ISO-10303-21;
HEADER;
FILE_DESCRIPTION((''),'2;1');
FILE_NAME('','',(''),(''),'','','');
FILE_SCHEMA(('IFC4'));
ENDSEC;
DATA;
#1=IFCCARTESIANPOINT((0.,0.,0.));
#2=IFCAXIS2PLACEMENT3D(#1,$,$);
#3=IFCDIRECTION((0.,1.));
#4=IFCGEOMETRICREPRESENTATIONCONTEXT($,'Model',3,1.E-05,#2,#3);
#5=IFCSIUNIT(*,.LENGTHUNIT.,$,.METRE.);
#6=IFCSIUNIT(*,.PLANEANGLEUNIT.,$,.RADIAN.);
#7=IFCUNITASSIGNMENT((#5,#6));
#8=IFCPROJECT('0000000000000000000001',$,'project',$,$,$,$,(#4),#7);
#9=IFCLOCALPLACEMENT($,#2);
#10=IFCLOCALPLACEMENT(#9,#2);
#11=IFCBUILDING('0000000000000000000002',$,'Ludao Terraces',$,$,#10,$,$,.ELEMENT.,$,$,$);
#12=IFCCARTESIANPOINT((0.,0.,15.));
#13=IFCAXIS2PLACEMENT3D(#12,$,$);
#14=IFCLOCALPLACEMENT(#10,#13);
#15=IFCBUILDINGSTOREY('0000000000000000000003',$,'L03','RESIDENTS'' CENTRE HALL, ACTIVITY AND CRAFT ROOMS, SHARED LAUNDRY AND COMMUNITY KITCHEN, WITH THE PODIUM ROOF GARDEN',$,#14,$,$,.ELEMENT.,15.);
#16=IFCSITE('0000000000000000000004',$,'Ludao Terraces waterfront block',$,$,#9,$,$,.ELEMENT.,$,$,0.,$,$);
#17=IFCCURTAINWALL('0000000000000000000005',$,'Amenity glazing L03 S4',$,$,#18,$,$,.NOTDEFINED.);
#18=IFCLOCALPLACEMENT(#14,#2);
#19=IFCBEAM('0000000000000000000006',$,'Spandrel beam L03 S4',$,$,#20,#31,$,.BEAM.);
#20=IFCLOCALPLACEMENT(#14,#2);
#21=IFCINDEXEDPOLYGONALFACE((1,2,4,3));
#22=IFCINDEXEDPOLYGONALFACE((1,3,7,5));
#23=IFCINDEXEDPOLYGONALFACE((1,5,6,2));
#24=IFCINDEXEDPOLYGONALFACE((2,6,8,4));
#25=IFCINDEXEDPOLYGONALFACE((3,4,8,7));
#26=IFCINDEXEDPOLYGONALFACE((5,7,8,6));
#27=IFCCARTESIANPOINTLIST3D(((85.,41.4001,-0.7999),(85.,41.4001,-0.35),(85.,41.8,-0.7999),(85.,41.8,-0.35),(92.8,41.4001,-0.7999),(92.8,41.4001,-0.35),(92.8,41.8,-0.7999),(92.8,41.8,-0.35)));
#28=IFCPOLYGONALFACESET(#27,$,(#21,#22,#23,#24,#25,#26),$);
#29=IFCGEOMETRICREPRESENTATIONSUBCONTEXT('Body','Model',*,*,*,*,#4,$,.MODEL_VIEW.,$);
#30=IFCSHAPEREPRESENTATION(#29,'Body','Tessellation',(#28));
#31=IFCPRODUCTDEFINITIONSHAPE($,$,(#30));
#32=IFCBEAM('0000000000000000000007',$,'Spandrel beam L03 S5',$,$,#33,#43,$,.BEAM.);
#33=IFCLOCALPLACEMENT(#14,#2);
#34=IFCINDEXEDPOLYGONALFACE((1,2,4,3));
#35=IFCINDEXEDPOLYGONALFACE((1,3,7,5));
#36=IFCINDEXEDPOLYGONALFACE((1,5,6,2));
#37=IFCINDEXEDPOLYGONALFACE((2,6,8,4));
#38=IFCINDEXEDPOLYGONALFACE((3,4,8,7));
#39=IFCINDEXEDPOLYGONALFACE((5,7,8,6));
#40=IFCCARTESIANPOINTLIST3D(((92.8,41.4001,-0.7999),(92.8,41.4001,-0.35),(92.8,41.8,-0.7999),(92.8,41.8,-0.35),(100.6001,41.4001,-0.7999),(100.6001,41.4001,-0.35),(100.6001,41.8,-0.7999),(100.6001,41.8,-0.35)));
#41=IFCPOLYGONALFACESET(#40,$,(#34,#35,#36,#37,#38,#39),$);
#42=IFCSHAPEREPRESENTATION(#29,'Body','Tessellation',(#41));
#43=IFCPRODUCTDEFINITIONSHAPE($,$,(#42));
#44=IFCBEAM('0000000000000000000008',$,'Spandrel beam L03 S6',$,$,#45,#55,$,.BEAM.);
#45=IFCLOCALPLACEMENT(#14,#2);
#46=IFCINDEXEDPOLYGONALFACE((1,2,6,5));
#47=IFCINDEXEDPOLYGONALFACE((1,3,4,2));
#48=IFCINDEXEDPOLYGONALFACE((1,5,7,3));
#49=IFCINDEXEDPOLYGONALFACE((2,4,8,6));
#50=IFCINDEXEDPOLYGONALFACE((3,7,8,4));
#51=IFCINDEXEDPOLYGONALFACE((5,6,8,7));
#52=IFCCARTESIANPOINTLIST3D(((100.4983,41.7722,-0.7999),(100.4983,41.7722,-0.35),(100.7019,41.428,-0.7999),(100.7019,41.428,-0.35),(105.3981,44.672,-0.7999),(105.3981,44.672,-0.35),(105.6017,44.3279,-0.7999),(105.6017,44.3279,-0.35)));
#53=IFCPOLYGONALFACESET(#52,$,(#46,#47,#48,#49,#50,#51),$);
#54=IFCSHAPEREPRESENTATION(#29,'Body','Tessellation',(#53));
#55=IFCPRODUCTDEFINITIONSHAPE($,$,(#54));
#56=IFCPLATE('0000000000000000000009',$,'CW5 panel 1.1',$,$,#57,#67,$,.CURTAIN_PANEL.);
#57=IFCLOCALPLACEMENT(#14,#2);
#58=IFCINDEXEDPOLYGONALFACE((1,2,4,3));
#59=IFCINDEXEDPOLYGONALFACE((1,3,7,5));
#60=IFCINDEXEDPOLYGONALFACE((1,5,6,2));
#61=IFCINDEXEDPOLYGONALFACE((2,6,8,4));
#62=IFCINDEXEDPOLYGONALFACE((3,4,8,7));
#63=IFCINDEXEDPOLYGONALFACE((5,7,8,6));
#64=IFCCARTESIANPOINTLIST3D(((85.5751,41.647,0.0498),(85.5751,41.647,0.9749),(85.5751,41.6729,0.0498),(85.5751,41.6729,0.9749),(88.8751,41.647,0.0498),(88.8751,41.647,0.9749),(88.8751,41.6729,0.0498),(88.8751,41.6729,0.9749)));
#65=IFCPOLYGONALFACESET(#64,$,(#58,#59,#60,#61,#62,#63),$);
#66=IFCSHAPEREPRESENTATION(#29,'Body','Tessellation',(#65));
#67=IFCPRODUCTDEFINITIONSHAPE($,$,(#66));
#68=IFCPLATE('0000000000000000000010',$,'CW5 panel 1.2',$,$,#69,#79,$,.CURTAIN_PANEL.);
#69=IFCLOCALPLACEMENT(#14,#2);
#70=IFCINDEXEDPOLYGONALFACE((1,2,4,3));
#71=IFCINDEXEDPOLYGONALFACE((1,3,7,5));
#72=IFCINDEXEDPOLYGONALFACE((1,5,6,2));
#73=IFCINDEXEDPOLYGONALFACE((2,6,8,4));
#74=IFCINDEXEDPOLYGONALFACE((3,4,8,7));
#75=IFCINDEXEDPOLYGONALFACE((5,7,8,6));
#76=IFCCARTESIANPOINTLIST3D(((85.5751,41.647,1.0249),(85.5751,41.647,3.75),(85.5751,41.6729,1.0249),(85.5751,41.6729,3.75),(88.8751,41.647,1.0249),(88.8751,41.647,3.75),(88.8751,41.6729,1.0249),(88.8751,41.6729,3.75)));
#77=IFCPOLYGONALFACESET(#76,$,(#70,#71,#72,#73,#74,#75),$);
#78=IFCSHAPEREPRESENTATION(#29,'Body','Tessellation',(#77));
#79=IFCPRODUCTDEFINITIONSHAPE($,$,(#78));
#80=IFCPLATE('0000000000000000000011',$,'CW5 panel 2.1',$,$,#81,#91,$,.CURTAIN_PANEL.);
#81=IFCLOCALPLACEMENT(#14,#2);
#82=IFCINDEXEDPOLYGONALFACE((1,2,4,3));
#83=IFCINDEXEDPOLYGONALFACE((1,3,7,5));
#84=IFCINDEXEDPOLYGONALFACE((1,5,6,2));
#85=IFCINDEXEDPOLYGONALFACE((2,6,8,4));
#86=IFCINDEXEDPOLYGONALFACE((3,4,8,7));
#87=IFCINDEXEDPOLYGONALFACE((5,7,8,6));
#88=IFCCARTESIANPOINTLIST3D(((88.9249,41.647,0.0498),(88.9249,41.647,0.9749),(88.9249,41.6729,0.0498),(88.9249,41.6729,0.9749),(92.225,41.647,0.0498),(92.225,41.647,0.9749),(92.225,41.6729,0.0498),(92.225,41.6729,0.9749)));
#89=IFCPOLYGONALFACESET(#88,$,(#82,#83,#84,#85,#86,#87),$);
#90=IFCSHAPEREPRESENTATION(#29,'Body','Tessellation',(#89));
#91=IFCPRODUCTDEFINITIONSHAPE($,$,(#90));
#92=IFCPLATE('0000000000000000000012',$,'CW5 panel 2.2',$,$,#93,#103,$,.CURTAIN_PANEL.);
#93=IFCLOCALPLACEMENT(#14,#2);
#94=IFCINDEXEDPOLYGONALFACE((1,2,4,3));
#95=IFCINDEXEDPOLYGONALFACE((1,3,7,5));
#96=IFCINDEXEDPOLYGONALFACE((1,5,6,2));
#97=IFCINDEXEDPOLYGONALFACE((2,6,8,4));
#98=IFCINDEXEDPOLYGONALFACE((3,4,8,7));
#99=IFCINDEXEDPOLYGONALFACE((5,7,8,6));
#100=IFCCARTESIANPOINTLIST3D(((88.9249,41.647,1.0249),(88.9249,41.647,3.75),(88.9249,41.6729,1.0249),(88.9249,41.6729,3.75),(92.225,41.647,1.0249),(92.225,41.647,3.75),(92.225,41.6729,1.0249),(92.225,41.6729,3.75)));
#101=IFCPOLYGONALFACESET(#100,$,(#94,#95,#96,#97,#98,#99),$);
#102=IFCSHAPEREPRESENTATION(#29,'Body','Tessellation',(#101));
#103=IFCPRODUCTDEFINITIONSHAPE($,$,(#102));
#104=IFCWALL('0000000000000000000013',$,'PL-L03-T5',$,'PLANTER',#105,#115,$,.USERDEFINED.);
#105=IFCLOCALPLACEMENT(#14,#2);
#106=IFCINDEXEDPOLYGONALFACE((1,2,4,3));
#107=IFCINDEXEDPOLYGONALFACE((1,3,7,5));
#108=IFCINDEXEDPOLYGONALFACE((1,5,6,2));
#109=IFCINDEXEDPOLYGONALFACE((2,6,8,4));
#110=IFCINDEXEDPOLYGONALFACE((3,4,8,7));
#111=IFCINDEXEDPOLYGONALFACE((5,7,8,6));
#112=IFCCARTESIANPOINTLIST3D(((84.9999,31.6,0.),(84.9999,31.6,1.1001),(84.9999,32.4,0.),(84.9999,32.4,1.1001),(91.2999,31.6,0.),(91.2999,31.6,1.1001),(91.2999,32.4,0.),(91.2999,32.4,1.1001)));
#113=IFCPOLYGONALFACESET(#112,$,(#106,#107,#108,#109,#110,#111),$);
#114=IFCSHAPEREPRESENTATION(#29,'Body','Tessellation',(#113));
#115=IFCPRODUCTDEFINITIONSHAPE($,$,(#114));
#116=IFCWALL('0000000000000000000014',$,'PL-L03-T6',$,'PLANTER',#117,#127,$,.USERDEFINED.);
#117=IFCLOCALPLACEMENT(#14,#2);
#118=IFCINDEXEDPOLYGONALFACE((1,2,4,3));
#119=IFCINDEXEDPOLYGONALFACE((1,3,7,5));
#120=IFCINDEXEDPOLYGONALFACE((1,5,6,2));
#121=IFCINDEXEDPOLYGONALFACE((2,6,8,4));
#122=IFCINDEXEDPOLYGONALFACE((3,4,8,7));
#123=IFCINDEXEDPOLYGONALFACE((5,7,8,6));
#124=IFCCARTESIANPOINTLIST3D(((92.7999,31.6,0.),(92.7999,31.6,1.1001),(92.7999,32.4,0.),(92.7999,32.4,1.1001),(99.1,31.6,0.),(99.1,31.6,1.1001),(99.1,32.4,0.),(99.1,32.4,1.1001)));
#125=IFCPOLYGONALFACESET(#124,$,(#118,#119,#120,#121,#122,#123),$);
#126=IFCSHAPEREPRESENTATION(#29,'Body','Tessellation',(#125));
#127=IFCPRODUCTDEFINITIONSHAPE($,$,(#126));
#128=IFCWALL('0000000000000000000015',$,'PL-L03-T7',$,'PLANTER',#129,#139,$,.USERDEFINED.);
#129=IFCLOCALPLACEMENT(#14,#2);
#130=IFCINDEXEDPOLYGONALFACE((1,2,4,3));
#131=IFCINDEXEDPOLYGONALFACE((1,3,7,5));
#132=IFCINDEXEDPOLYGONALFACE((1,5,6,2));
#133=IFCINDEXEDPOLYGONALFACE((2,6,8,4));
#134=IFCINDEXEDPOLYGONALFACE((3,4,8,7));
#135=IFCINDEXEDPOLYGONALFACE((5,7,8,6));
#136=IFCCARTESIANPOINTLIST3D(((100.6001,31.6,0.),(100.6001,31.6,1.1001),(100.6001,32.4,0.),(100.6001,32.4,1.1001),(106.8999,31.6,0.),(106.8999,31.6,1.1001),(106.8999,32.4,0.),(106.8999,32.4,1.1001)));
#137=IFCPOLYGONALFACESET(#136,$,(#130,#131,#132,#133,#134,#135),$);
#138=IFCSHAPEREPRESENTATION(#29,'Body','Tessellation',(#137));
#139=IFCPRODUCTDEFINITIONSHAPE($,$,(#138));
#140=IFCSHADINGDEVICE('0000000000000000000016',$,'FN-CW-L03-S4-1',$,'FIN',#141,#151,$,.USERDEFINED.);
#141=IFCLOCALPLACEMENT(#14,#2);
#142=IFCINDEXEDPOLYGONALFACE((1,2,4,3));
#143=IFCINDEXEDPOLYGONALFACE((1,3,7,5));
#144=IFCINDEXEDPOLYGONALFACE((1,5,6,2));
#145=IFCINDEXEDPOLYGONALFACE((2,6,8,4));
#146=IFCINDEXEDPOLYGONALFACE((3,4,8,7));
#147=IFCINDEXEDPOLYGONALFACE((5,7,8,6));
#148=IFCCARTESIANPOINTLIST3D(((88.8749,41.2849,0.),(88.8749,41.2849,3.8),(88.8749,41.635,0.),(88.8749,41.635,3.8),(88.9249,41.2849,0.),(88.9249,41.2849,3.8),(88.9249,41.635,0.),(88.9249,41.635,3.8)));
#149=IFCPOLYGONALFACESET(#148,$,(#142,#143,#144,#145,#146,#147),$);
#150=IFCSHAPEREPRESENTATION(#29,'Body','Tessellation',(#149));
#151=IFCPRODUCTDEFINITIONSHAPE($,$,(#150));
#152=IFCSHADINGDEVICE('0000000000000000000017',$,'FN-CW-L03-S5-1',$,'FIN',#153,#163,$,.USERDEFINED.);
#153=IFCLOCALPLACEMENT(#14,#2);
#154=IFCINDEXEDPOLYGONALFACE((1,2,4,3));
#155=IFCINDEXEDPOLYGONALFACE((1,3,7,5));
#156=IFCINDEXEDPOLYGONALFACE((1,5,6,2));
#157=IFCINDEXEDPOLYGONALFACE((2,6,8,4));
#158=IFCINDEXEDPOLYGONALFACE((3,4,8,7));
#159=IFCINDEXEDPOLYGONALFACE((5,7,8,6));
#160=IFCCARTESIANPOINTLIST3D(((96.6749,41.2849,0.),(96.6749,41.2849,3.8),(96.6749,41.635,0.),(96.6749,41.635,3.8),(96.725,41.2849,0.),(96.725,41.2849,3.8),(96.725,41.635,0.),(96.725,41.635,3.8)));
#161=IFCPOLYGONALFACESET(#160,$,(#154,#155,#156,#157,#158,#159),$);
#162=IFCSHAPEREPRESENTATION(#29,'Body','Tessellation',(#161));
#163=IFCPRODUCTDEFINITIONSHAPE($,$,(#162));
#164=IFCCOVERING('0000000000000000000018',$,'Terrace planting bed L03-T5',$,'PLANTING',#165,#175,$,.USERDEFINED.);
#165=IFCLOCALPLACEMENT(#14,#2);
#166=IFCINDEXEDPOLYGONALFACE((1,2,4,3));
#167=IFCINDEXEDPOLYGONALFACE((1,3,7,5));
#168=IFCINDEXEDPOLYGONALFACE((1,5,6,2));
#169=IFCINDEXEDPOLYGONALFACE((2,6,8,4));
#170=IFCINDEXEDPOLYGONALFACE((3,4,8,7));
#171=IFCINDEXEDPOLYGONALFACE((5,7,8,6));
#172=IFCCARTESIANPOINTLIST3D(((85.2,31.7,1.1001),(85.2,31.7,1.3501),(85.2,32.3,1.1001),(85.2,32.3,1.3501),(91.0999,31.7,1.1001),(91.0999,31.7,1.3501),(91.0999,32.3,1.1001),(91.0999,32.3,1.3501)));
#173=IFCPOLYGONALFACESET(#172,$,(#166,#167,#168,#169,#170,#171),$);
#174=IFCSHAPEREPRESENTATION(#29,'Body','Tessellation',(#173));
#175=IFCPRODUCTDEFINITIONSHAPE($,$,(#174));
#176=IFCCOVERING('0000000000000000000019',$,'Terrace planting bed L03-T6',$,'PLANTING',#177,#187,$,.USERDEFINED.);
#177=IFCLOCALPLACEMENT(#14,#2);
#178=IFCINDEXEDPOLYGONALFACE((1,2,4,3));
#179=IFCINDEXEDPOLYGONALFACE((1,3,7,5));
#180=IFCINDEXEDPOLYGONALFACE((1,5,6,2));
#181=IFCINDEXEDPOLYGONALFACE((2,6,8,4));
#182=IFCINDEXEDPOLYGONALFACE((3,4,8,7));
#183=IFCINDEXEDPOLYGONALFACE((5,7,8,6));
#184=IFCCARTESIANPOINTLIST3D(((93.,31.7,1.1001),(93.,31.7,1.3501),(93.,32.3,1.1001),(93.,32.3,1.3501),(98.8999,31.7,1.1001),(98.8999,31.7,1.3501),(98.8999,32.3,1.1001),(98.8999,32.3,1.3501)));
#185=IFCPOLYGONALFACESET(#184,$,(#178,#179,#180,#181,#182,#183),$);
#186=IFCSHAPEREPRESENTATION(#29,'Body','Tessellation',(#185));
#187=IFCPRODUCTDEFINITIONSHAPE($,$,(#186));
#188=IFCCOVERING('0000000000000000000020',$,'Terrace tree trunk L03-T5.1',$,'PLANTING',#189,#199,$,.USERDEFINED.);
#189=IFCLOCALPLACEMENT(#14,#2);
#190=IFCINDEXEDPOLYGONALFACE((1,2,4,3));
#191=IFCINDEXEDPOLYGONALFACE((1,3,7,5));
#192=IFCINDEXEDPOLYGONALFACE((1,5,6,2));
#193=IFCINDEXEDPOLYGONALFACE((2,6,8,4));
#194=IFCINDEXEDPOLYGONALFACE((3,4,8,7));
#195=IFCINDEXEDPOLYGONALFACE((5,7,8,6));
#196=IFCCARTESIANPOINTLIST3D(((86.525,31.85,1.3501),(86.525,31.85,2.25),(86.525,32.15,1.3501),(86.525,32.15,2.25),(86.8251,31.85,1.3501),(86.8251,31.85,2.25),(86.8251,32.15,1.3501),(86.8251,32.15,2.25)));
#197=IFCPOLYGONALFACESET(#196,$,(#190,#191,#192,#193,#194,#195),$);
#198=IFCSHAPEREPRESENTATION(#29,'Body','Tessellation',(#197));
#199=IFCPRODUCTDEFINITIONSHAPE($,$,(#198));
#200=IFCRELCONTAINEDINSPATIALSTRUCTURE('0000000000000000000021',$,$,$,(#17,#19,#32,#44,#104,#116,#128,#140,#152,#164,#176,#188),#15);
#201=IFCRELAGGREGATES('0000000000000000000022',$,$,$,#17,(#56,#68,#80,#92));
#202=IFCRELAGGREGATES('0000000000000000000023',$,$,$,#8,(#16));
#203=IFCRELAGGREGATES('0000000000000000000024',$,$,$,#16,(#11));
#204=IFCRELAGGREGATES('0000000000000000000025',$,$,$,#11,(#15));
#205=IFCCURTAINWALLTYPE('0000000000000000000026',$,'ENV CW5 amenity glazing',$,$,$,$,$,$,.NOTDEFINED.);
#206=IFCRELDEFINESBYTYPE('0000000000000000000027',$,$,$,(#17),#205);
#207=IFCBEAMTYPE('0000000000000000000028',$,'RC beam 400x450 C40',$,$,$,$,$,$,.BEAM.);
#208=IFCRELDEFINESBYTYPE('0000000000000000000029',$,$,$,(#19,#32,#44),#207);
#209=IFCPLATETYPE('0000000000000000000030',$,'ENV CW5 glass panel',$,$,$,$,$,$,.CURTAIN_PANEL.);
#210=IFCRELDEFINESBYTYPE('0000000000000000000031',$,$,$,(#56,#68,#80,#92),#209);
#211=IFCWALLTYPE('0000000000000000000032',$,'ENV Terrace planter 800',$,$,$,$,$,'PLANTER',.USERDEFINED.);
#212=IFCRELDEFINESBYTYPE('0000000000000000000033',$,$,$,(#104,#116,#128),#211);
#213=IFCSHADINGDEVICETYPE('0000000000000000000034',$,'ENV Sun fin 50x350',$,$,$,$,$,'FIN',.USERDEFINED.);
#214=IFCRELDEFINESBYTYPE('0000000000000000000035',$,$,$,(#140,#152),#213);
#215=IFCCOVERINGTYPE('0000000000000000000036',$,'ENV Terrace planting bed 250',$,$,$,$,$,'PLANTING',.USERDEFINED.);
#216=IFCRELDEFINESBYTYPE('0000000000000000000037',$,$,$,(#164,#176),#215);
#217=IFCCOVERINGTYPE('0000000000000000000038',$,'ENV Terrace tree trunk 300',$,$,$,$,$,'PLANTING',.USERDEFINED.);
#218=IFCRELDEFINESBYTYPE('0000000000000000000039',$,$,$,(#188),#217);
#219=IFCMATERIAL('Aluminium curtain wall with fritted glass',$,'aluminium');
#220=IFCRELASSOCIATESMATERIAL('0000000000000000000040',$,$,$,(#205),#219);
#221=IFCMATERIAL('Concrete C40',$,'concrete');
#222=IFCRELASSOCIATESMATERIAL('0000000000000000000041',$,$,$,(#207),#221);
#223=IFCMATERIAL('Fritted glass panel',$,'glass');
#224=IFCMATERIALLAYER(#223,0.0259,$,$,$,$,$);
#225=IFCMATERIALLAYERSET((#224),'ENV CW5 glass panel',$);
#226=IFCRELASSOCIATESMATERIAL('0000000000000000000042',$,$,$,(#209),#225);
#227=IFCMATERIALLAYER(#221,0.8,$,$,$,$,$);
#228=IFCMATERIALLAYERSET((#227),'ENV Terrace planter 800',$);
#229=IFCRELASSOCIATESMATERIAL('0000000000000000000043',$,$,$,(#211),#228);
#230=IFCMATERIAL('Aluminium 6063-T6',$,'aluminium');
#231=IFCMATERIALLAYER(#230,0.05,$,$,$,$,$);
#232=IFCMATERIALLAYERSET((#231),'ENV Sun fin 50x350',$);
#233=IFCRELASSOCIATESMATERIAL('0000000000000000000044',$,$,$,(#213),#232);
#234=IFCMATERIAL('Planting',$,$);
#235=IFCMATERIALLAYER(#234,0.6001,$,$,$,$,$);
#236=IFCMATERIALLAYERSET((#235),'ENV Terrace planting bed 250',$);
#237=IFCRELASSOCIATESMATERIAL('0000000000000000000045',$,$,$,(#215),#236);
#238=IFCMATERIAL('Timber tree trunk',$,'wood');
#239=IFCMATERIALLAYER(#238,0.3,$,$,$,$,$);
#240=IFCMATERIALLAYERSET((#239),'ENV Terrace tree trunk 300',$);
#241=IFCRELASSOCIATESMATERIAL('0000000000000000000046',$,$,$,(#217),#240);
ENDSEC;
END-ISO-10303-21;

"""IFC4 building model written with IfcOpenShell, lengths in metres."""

from ifc_helpers import new_model, si_unit, direction, frame, frame_2d, origin, origin_2d, place, context, subcontext, project, spatial, rectangle, extrude, material, layer, layer_set, material_profile, profile_set, type_object, element, aggregate, save


model = new_model("IFC4")

# Units and contexts
model_context = context("Model", 3, precision=1e-05, world=origin(), true_north=direction((0.0, 1.0)))
body_context = subcontext(model_context, "Body", "Model", "MODEL_VIEW")
ifc_project = project(units=[si_unit("LENGTHUNIT", "METRE"), si_unit("PLANEANGLEUNIT", "RADIAN")], contexts=[model_context])

# Site, building, storey
site_placement = place(None, origin())
site = spatial("IfcSite", under=ifc_project, at=site_placement, Name="Ludao Terraces waterfront block", CompositionType="ELEMENT", RefElevation=0.0)
building_placement = place(site_placement, origin())
building = spatial("IfcBuilding", under=site, at=building_placement, Name="Ludao Terraces", CompositionType="ELEMENT")
storey_placement = place(building_placement, frame((0.0, 0.0, 15.0)))
storey = spatial("IfcBuildingStorey", under=building, at=storey_placement, Name="L03", Description="RESIDENTS' CENTRE HALL, ACTIVITY AND CRAFT ROOMS, SHARED LAUNDRY AND COMMUNITY KITCHEN, WITH THE PODIUM ROOF GARDEN", CompositionType="ELEMENT", Elevation=15.0)

# Curtain wall
ifc_material_1 = material(Name="Aluminium curtain wall with fritted glass", Category="aluminium")
curtain_wall_type = type_object("IfcCurtainWallType", Name="ENV CW5 amenity glazing", PredefinedType="NOTDEFINED", material=ifc_material_1)
curtain_wall_1_placement = place(storey_placement, origin())
curtain_wall_1 = element("IfcCurtainWall", 1, at=curtain_wall_1_placement, inside=storey, type_object=curtain_wall_type, Name="Amenity glazing L03 S4", PredefinedType="NOTDEFINED")
ifc_material_2 = material(Name="Aluminium 6063-T6", Category="aluminium")

# Beams
ifc_material_3 = material(Name="Concrete C40", Category="concrete")
ifc_material_profile_1 = material_profile(ifc_material_3, rectangle(XDim=0.3999, YDim=0.45, at=origin_2d()), Name="400 X 450")
ifc_profile_set_1 = profile_set([ifc_material_profile_1], Name="Concrete C40")
beam_type = type_object("IfcBeamType", Name="RC beam 400x450 C40", PredefinedType="BEAM", material=ifc_profile_set_1)
for number, where, z_axis, x_axis, name in (
    (2, (85.0, 41.6001, -0.575), (1.0, 0.0, 0.0), (0.0, 1.0, 0.0), "Spandrel beam L03 S4"),
    (3, (92.8, 41.6001, -0.575), (1.0, 0.0, 0.0), (0.0, 1.0, 0.0), "Spandrel beam L03 S5"),
):
    element("IfcBeam", number, at=place(storey_placement, frame(where, z_axis=z_axis, x_axis=x_axis)), inside=storey, type_object=beam_type, Name=name, PredefinedType="BEAM", context=body_context, shape_type="SweptSolid", body=[
        extrude(rectangle(XDim=0.3999, YDim=0.45, at=origin_2d()), origin(), (0.0, 0.0, 1.0), 7.8),
    ])
beam_placement = place(storey_placement, frame((100.6001, 41.6001, -0.575), z_axis=(0.86058, 0.509316, 0.0), x_axis=(-0.509316, 0.86058, 0.0)))
element("IfcBeam", 4, at=beam_placement, inside=storey, type_object=beam_type, Name="Spandrel beam L03 S6", PredefinedType="BEAM", context=body_context, shape_type="SweptSolid", body=[
    extrude(rectangle(XDim=0.3999, YDim=0.45, at=origin_2d()), origin(), (0.0, 0.0, 1.0), 5.6936),
])

# Plates
ifc_material_4 = material(Name="Fritted glass panel", Category="glass")
ifc_layer_1 = layer(ifc_material_4, 0.0259)
ifc_layer_set_1 = layer_set([ifc_layer_1], Name="ENV CW5 glass panel")
plate_type = type_object("IfcPlateType", Name="ENV CW5 glass panel", PredefinedType="CURTAIN_PANEL", material=ifc_layer_set_1)
plate_1_placement = place(storey_placement, frame((87.2251, 41.6599, 0.0498), z_axis=(0.0, 0.0, 1.0), x_axis=(1.0, 0.0, 0.0)))
plate_1 = element("IfcPlate", 5, at=plate_1_placement, type_object=plate_type, Name="CW5 panel 1.1", PredefinedType="CURTAIN_PANEL", context=body_context, shape_type="SweptSolid", body=[
    extrude(rectangle(XDim=3.3, YDim=0.0259, at=origin_2d()), origin(), (0.0, 0.0, 1.0), 0.925),
])
plate_2_placement = place(storey_placement, frame((87.2251, 41.6599, 1.0249), z_axis=(0.0, 0.0, 1.0), x_axis=(1.0, 0.0, 0.0)))
plate_2 = element("IfcPlate", 6, at=plate_2_placement, type_object=plate_type, Name="CW5 panel 1.2", PredefinedType="CURTAIN_PANEL", context=body_context, shape_type="SweptSolid", body=[
    extrude(rectangle(XDim=3.3, YDim=0.0259, at=origin_2d()), origin(), (0.0, 0.0, 1.0), 2.7251),
])
plate_3_placement = place(storey_placement, frame((90.575, 41.6599, 0.0498), z_axis=(0.0, 0.0, 1.0), x_axis=(1.0, 0.0, 0.0)))
plate_3 = element("IfcPlate", 7, at=plate_3_placement, type_object=plate_type, Name="CW5 panel 2.1", PredefinedType="CURTAIN_PANEL", context=body_context, shape_type="SweptSolid", body=[
    extrude(rectangle(XDim=3.3, YDim=0.0259, at=origin_2d()), origin(), (0.0, 0.0, 1.0), 0.925),
])
plate_4_placement = place(storey_placement, frame((90.575, 41.6599, 1.0249), z_axis=(0.0, 0.0, 1.0), x_axis=(1.0, 0.0, 0.0)))
plate_4 = element("IfcPlate", 8, at=plate_4_placement, type_object=plate_type, Name="CW5 panel 2.2", PredefinedType="CURTAIN_PANEL", context=body_context, shape_type="SweptSolid", body=[
    extrude(rectangle(XDim=3.3, YDim=0.0259, at=origin_2d()), origin(), (0.0, 0.0, 1.0), 2.7251),
])
aggregate(curtain_wall_1, [plate_1, plate_2, plate_3, plate_4])

# Walls
ifc_layer_2 = layer(ifc_material_3, 0.8)
ifc_layer_set_2 = layer_set([ifc_layer_2], Name="ENV Terrace planter 800")
wall_type = type_object("IfcWallType", Name="ENV Terrace planter 800", ElementType="PLANTER", PredefinedType="USERDEFINED", material=ifc_layer_set_2)
for number, where, z_axis, x_axis, name in (
    (9, (85.0, 32.0, 0.0), (0.0, 0.0, 1.0), (1.0, 0.0, 0.0), "PL-L03-T5"),
    (10, (92.8, 32.0, 0.0), (0.0, 0.0, 1.0), (1.0, 0.0, 0.0), "PL-L03-T6"),
):
    element("IfcWall", number, at=place(storey_placement, frame(where, z_axis=z_axis, x_axis=x_axis)), inside=storey, type_object=wall_type, Name=name, ObjectType="PLANTER", PredefinedType="USERDEFINED", context=body_context, shape_type="SweptSolid", body=[
        extrude(rectangle(XDim=6.3, YDim=0.8, at=frame_2d((3.1499, 0.0))), origin(), (0.0, 0.0, 1.0), 1.1001),
    ])
wall_placement = place(storey_placement, frame((100.6001, 32.0, 0.0), z_axis=(0.0, 0.0, 1.0), x_axis=(1.0, 0.0, 0.0)))
element("IfcWall", 11, at=wall_placement, inside=storey, type_object=wall_type, Name="PL-L03-T7", ObjectType="PLANTER", PredefinedType="USERDEFINED", context=body_context, shape_type="SweptSolid", body=[
    extrude(rectangle(XDim=6.2998, YDim=0.8, at=frame_2d((3.1499, 0.0))), origin(), (0.0, 0.0, 1.0), 1.1001),
])

# Shading devices
ifc_layer_3 = layer(ifc_material_2, 0.05)
ifc_layer_set_3 = layer_set([ifc_layer_3], Name="ENV Sun fin 50x350")
shading_device_type = type_object("IfcShadingDeviceType", Name="ENV Sun fin 50x350", ElementType="FIN", PredefinedType="USERDEFINED", material=ifc_layer_set_3)
for number, where, z_axis, x_axis, name in (
    (12, (88.8999, 41.46, 0.0), (0.0, 0.0, 1.0), (1.0, 0.0, 0.0), "FN-CW-L03-S4-1"),
    (13, (96.7, 41.46, 0.0), (0.0, 0.0, 1.0), (1.0, 0.0, 0.0), "FN-CW-L03-S5-1"),
):
    element("IfcShadingDevice", number, at=place(storey_placement, frame(where, z_axis=z_axis, x_axis=x_axis)), inside=storey, type_object=shading_device_type, Name=name, ObjectType="FIN", PredefinedType="USERDEFINED", context=body_context, shape_type="SweptSolid", body=[
        extrude(rectangle(XDim=0.05, YDim=0.3501, at=origin_2d()), origin(), (0.0, 0.0, 1.0), 3.8),
    ])

# Coverings
ifc_material_5 = material(Name="Planting")
ifc_layer_4 = layer(ifc_material_5, 0.6001)
ifc_layer_set_4 = layer_set([ifc_layer_4], Name="ENV Terrace planting bed 250")
covering_type_1 = type_object("IfcCoveringType", Name="ENV Terrace planting bed 250", ElementType="PLANTING", PredefinedType="USERDEFINED", material=ifc_layer_set_4)
for number, where, z_axis, x_axis, name in (
    (14, (88.1499, 32.0, 1.1001), (0.0, 0.0, 1.0), (1.0, 0.0, 0.0), "Terrace planting bed L03-T5"),
    (15, (95.95, 32.0, 1.1001), (0.0, 0.0, 1.0), (1.0, 0.0, 0.0), "Terrace planting bed L03-T6"),
):
    element("IfcCovering", number, at=place(storey_placement, frame(where, z_axis=z_axis, x_axis=x_axis)), inside=storey, type_object=covering_type_1, Name=name, ObjectType="PLANTING", PredefinedType="USERDEFINED", context=body_context, shape_type="SweptSolid", body=[
        extrude(rectangle(XDim=5.8999, YDim=0.6001, at=origin_2d()), origin(), (0.0, 0.0, 1.0), 0.25),
    ])
ifc_material_6 = material(Name="Timber tree trunk", Category="wood")
ifc_layer_5 = layer(ifc_material_6, 0.3)
ifc_layer_set_5 = layer_set([ifc_layer_5], Name="ENV Terrace tree trunk 300")
covering_type_2 = type_object("IfcCoveringType", Name="ENV Terrace tree trunk 300", ElementType="PLANTING", PredefinedType="USERDEFINED", material=ifc_layer_set_5)
for number, where, z_axis, x_axis, name in (
    (16, (86.675, 32.0, 1.3501), (0.0, 0.0, 1.0), (1.0, 0.0, 0.0), "Terrace tree trunk L03-T5.1"),
):
    element("IfcCovering", number, at=place(storey_placement, frame(where, z_axis=z_axis, x_axis=x_axis)), inside=storey, type_object=covering_type_2, Name=name, ObjectType="PLANTING", PredefinedType="USERDEFINED", context=body_context, shape_type="SweptSolid", body=[
        extrude(rectangle(XDim=0.3, YDim=0.3, at=origin_2d()), origin(), (0.0, 0.0, 1.0), 0.8999),
    ])

save(model, "model.ifc")
